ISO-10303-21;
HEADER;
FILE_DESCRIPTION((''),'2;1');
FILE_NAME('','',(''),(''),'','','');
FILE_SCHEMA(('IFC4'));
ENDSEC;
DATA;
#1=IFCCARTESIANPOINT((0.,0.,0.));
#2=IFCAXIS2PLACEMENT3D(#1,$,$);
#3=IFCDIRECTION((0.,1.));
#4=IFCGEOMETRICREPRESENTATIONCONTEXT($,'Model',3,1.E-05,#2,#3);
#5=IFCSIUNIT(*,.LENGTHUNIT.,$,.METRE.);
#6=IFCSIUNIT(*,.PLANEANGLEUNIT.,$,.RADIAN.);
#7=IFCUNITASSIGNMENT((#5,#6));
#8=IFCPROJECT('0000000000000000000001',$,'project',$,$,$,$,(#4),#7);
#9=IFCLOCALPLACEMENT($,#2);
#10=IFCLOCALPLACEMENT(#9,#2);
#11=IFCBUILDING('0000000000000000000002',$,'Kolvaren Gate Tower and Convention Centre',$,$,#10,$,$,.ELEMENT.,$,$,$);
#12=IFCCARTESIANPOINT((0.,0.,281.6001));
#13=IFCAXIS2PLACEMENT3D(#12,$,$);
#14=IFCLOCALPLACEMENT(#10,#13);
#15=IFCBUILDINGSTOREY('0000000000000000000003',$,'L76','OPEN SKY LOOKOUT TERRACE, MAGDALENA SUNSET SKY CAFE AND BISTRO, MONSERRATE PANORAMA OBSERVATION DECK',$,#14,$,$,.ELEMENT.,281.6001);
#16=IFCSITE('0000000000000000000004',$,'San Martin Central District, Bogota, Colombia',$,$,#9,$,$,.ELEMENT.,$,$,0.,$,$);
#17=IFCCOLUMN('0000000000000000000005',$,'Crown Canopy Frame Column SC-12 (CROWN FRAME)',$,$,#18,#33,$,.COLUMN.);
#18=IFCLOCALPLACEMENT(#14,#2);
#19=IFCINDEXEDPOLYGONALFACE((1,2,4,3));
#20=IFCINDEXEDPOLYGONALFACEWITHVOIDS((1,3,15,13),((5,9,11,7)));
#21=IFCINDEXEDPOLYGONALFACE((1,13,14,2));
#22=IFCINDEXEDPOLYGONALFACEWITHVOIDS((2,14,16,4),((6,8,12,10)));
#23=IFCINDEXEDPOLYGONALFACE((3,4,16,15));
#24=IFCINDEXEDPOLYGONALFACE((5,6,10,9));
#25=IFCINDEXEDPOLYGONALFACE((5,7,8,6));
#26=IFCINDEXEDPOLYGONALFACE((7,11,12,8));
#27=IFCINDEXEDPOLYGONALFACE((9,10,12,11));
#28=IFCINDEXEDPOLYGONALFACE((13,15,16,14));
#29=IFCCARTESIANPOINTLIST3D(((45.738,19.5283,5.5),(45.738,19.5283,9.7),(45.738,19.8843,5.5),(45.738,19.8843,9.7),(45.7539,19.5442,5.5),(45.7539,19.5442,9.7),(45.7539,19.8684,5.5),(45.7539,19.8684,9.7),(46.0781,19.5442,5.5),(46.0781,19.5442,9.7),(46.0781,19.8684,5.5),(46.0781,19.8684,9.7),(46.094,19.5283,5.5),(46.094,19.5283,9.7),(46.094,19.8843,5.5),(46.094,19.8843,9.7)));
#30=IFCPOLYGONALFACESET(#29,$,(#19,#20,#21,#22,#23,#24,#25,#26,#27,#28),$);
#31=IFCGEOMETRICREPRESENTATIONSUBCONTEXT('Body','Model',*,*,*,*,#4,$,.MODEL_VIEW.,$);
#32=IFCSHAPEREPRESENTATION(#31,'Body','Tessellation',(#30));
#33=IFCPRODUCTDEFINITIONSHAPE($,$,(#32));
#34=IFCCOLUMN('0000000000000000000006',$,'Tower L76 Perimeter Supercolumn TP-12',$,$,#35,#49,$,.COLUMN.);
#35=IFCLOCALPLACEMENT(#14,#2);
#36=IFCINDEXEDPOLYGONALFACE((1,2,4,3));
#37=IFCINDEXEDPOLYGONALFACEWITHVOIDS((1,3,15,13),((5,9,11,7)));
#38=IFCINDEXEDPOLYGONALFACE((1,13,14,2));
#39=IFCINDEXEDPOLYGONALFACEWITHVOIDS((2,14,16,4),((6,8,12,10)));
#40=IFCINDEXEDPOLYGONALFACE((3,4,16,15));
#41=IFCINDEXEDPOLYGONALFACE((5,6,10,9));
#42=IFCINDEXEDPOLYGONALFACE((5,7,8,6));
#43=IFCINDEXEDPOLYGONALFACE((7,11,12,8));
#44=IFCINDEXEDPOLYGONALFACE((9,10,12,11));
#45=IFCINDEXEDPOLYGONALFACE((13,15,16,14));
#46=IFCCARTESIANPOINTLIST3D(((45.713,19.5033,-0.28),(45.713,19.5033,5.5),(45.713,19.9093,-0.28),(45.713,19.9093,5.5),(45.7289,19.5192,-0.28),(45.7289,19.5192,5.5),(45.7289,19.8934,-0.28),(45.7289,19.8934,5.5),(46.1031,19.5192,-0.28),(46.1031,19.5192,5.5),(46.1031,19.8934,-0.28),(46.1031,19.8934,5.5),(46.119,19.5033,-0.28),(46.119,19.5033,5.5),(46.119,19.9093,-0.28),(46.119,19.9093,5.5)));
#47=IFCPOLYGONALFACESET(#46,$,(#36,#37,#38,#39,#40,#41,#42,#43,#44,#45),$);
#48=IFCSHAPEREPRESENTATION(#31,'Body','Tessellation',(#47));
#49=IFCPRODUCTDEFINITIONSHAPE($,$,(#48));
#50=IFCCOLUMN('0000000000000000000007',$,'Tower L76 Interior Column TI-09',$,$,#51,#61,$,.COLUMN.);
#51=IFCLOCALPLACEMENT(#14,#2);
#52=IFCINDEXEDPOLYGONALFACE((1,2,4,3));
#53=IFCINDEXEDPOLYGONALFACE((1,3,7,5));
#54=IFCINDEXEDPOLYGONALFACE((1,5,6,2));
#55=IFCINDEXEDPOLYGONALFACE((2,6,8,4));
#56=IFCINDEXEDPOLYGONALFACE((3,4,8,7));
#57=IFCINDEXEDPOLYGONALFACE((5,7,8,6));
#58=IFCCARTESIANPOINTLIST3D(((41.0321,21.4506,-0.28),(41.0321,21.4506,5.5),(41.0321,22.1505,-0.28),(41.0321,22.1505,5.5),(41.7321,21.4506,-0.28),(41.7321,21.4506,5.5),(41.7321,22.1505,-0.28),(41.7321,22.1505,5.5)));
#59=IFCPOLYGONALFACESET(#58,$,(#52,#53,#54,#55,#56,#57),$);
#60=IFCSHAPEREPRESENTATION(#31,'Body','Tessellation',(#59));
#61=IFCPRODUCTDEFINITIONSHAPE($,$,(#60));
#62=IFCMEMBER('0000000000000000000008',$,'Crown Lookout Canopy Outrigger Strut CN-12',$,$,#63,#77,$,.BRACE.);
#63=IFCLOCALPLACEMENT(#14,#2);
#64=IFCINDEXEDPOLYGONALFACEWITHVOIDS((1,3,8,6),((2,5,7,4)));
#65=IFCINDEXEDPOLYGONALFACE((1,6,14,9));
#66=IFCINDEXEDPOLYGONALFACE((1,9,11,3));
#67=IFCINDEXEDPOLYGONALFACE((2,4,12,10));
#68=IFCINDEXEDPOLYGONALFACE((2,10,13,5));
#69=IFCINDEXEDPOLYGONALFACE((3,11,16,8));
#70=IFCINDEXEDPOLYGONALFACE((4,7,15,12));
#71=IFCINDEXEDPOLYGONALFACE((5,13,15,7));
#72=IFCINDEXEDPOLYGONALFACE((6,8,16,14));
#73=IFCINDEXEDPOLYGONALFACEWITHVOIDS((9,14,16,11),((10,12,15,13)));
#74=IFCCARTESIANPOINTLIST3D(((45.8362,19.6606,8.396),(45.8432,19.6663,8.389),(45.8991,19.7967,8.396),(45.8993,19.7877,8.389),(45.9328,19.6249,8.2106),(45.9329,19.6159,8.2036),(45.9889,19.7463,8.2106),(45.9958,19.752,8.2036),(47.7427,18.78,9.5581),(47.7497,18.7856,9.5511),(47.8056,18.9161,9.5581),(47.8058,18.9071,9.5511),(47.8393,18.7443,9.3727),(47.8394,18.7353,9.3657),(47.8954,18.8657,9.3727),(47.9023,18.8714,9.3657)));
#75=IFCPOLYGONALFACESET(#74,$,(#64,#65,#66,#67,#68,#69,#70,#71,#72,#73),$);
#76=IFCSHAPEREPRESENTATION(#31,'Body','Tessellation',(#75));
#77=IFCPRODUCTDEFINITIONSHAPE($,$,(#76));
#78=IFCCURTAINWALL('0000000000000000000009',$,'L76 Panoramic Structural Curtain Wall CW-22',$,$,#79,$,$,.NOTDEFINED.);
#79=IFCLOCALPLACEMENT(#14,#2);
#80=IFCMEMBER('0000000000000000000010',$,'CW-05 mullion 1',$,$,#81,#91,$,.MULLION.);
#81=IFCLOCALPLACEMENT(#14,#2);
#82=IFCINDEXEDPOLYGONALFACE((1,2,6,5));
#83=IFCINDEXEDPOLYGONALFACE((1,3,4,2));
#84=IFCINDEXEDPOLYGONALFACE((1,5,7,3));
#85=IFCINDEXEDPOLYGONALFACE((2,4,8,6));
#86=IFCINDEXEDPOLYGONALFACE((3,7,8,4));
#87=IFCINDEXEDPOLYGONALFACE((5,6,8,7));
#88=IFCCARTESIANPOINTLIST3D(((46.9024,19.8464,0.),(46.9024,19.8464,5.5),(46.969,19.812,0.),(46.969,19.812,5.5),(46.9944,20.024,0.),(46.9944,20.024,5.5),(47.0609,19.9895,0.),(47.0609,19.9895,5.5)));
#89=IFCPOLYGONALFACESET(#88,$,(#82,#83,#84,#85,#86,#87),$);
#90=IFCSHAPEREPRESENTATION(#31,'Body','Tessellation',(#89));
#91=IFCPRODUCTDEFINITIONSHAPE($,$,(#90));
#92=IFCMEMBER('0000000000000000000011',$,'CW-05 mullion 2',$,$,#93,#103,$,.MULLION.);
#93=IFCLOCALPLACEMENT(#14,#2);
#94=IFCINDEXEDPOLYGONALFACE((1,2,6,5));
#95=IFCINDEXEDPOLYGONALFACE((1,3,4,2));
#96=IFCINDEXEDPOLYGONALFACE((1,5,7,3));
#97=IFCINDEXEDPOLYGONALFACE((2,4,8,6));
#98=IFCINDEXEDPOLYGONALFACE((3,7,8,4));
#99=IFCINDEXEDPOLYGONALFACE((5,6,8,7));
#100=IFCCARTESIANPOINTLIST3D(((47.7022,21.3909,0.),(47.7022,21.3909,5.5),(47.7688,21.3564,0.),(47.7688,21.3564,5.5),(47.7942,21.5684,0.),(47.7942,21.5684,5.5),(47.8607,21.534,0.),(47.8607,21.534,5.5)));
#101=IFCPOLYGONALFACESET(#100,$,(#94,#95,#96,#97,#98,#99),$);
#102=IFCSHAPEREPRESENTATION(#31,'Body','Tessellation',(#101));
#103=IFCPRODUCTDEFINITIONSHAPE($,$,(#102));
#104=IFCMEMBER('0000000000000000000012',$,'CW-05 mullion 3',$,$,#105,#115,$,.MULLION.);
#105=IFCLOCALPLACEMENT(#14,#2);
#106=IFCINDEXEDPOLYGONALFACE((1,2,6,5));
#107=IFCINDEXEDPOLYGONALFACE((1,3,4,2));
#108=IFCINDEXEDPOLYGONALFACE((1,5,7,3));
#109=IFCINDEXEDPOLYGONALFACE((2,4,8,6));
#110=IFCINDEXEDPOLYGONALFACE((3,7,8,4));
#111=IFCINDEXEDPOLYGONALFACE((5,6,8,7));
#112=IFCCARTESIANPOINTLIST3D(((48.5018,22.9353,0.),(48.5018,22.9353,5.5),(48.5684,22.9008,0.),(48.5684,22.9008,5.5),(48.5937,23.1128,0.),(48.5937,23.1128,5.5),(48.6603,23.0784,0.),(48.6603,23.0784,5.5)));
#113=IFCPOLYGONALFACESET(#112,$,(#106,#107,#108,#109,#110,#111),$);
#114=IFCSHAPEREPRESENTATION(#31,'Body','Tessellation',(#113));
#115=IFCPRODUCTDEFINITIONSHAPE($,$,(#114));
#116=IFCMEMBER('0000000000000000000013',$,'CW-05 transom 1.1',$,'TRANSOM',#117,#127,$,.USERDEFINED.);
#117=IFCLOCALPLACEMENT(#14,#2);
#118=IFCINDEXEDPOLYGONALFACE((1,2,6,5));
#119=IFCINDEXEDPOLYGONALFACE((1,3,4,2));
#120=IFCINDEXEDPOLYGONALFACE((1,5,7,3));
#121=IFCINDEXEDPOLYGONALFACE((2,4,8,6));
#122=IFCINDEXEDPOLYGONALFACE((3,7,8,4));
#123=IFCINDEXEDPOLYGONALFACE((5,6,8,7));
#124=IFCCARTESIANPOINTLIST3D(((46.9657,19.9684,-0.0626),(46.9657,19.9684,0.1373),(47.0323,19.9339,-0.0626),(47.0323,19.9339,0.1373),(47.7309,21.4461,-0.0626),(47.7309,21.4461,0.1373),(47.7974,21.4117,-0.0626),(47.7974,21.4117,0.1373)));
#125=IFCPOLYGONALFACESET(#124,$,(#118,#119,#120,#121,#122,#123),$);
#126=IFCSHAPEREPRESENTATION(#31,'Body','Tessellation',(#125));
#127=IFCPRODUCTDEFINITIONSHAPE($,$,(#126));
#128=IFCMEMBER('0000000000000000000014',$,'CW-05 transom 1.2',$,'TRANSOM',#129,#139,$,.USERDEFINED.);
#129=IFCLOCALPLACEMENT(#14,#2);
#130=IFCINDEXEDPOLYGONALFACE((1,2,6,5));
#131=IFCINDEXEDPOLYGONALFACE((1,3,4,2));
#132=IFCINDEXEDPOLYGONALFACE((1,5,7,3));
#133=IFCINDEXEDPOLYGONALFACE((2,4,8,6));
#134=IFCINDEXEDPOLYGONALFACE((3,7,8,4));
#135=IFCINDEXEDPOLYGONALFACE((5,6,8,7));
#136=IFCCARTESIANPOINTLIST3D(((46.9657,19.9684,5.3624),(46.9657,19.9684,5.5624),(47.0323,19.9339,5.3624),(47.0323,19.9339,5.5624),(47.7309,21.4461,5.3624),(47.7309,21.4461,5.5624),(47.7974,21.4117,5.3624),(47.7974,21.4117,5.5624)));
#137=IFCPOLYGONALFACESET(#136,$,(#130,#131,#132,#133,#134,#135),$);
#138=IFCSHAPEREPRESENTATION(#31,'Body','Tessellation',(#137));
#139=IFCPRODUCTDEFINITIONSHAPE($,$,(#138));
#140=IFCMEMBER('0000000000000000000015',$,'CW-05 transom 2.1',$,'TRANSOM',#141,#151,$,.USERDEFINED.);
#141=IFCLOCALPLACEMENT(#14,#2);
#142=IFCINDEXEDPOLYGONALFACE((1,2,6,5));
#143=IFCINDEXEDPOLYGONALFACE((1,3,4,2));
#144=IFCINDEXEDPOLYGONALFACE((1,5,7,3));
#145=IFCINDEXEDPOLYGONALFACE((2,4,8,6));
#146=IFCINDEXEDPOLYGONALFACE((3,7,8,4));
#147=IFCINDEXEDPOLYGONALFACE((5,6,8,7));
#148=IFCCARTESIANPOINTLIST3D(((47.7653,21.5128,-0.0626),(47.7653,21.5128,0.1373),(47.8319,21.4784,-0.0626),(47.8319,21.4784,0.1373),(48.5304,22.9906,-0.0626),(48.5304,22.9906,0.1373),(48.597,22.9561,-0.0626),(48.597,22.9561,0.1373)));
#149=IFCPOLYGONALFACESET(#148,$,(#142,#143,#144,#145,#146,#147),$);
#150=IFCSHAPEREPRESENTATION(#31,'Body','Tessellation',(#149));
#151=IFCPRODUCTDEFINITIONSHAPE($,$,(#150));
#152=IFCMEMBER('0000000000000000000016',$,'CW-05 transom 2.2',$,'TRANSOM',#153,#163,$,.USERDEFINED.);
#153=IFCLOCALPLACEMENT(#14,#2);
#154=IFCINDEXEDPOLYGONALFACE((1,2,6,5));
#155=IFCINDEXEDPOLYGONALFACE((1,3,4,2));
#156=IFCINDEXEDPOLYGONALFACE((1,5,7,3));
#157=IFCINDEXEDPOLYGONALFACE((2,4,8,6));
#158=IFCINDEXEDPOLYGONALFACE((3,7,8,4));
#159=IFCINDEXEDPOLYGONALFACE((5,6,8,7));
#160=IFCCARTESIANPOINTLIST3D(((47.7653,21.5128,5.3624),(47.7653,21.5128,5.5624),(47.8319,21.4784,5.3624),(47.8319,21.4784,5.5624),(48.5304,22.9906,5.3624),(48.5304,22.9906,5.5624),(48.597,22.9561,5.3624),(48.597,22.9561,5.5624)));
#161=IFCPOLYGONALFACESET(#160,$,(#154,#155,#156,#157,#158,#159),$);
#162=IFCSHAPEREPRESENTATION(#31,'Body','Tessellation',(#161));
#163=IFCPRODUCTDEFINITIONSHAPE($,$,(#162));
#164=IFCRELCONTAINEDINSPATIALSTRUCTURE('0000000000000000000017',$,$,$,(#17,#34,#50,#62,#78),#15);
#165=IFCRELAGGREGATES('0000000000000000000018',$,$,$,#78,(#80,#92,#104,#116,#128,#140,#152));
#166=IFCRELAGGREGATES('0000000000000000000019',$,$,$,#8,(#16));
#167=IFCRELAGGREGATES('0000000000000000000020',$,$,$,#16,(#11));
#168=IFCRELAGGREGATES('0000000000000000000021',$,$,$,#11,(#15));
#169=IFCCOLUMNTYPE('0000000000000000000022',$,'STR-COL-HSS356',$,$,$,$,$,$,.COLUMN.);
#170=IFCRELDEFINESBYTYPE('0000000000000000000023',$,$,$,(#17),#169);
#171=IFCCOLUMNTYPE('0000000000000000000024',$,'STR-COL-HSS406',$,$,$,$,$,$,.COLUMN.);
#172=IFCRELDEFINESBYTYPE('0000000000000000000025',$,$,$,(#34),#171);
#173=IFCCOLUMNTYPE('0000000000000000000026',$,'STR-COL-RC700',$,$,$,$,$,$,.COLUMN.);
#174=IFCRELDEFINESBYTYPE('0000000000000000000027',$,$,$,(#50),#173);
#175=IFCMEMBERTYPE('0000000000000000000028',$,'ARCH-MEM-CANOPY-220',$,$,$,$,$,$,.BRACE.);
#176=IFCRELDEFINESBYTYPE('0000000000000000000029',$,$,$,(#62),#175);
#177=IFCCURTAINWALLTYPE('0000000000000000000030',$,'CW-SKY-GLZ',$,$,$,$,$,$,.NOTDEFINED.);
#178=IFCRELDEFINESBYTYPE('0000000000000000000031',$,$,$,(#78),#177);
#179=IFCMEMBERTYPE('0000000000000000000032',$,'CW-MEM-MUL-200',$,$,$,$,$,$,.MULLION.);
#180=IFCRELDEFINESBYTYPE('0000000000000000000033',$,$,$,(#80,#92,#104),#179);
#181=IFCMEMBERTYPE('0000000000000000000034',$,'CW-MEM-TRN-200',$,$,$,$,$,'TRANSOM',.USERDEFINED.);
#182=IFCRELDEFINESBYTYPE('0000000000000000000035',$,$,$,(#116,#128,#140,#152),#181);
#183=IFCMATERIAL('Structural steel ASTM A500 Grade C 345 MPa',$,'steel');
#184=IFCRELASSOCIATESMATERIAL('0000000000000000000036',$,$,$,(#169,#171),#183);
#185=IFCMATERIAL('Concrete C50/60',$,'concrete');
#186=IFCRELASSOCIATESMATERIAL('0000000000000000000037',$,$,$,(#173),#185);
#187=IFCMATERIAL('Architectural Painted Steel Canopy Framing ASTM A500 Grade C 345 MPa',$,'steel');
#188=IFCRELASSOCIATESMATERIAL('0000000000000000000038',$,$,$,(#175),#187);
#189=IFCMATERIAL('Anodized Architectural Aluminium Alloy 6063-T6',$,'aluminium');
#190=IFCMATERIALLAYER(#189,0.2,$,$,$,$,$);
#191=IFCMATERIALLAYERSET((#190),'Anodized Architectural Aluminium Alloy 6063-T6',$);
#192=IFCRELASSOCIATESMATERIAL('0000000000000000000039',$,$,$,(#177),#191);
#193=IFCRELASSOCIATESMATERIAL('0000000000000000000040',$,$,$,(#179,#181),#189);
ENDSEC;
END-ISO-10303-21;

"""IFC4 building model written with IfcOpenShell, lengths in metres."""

from ifc_helpers import new_model, si_unit, direction, frame, origin, origin_2d, place, context, subcontext, project, spatial, rectangle, hollow_rectangle, extrude, material, layer, layer_set, material_profile, profile_set, type_object, element, aggregate, save


model = new_model("IFC4")

# Units and contexts
model_context = context("Model", 3, precision=1e-05, world=origin(), true_north=direction((0.0, 1.0)))
body_context = subcontext(model_context, "Body", "Model", "MODEL_VIEW")
ifc_project = project(units=[si_unit("LENGTHUNIT", "METRE"), si_unit("PLANEANGLEUNIT", "RADIAN")], contexts=[model_context])

# Site, building, storey
site_placement = place(None, origin())
site = spatial("IfcSite", under=ifc_project, at=site_placement, Name="San Martin Central District, Bogota, Colombia", CompositionType="ELEMENT", RefElevation=0.0)
building_placement = place(site_placement, origin())
building = spatial("IfcBuilding", under=site, at=building_placement, Name="Kolvaren Gate Tower and Convention Centre", CompositionType="ELEMENT")
storey_placement = place(building_placement, frame((0.0, 0.0, 281.6001)))
storey = spatial("IfcBuildingStorey", under=building, at=storey_placement, Name="L76", Description="OPEN SKY LOOKOUT TERRACE, MAGDALENA SUNSET SKY CAFE AND BISTRO, MONSERRATE PANORAMA OBSERVATION DECK", CompositionType="ELEMENT", Elevation=281.6001)

# Columns
ifc_material_1 = material(Name="Structural steel ASTM A500 Grade C 345 MPa", Category="steel")
ifc_material_profile_1 = material_profile(ifc_material_1, hollow_rectangle(XDim=0.356, YDim=0.356, WallThickness=0.0159, at=origin_2d()), Name="HSS356X356X15.9")
ifc_profile_set_1 = profile_set([ifc_material_profile_1], Name="Structural steel ASTM A500 Grade C 345 MPa")
column_type_1 = type_object("IfcColumnType", Name="STR-COL-HSS356", PredefinedType="COLUMN", material=ifc_profile_set_1)
column_1_placement = place(storey_placement, frame((45.916, 19.7063, 5.5), z_axis=(0.0, 0.0, 1.0), x_axis=(1.0, 0.0, 0.0)))
element("IfcColumn", 1, at=column_1_placement, inside=storey, type_object=column_type_1, Name="Crown Canopy Frame Column SC-12 (CROWN FRAME)", PredefinedType="COLUMN", context=body_context, shape_type="SweptSolid", body=[
    extrude(hollow_rectangle(XDim=0.356, YDim=0.356, WallThickness=0.0159, at=origin_2d()), origin(), (0.0, 0.0, 1.0), 4.2),
])
ifc_material_profile_2 = material_profile(ifc_material_1, hollow_rectangle(XDim=0.406, YDim=0.406, WallThickness=0.0159, at=origin_2d()), Name="HSS406X406X15.9")
ifc_profile_set_2 = profile_set([ifc_material_profile_2], Name="Structural steel ASTM A500 Grade C 345 MPa")
column_type_2 = type_object("IfcColumnType", Name="STR-COL-HSS406", PredefinedType="COLUMN", material=ifc_profile_set_2)
column_2_placement = place(storey_placement, frame((45.916, 19.7063, -0.28), z_axis=(0.0, 0.0, 1.0), x_axis=(1.0, 0.0, 0.0)))
element("IfcColumn", 2, at=column_2_placement, inside=storey, type_object=column_type_2, Name="Tower L76 Perimeter Supercolumn TP-12", PredefinedType="COLUMN", context=body_context, shape_type="SweptSolid", body=[
    extrude(hollow_rectangle(XDim=0.406, YDim=0.406, WallThickness=0.0159, at=origin_2d()), origin(), (0.0, 0.0, 1.0), 5.78),
])
ifc_material_2 = material(Name="Concrete C50/60", Category="concrete")
ifc_material_profile_3 = material_profile(ifc_material_2, rectangle(XDim=0.7, YDim=0.7, at=origin_2d()), Name="RC-COL-700X700")
ifc_profile_set_3 = profile_set([ifc_material_profile_3], Name="Concrete C50/60")
column_type_3 = type_object("IfcColumnType", Name="STR-COL-RC700", PredefinedType="COLUMN", material=ifc_profile_set_3)
column_3_placement = place(storey_placement, frame((41.3821, 21.8005, -0.28), z_axis=(0.0, 0.0, 1.0), x_axis=(1.0, 0.0, 0.0)))
element("IfcColumn", 3, at=column_3_placement, inside=storey, type_object=column_type_3, Name="Tower L76 Interior Column TI-09", PredefinedType="COLUMN", context=body_context, shape_type="SweptSolid", body=[
    extrude(rectangle(XDim=0.7, YDim=0.7, at=origin_2d()), origin(), (0.0, 0.0, 1.0), 5.78),
])

# Member
ifc_material_3 = material(Name="Architectural Painted Steel Canopy Framing ASTM A500 Grade C 345 MPa", Category="steel")
ifc_material_profile_4 = material_profile(ifc_material_3, hollow_rectangle(XDim=0.1499, YDim=0.22, WallThickness=0.0081, at=origin_2d()), Name="ARCH-MEM-CANOPY-220")
ifc_profile_set_4 = profile_set([ifc_material_profile_4], Name="Architectural Painted Steel Canopy Framing ASTM A500 Grade C 345 MPa")
member_type_1 = type_object("IfcMemberType", Name="ARCH-MEM-CANOPY-220", PredefinedType="BRACE", material=ifc_profile_set_4)
member_1_placement = place(storey_placement, frame((45.916, 19.7063, 8.2998), z_axis=(0.794324, -0.366901, 0.484183), x_axis=(0.419331, 0.907833, 0.0)))
element("IfcMember", 4, at=member_1_placement, inside=storey, type_object=member_type_1, Name="Crown Lookout Canopy Outrigger Strut CN-12", PredefinedType="BRACE", context=body_context, shape_type="SweptSolid", body=[
    extrude(hollow_rectangle(XDim=0.1499, YDim=0.22, WallThickness=0.0081, at=origin_2d()), origin(), (0.0, 0.0, 1.0), 2.4001),
])

# Curtain wall, members
ifc_material_4 = material(Name="Anodized Architectural Aluminium Alloy 6063-T6", Category="aluminium")
ifc_layer_1 = layer(ifc_material_4, 0.2)
ifc_layer_set_1 = layer_set([ifc_layer_1], Name="Anodized Architectural Aluminium Alloy 6063-T6")
curtain_wall_type = type_object("IfcCurtainWallType", Name="CW-SKY-GLZ", PredefinedType="NOTDEFINED", material=ifc_layer_set_1)
curtain_wall_placement = place(storey_placement, origin())
curtain_wall = element("IfcCurtainWall", 5, at=curtain_wall_placement, inside=storey, type_object=curtain_wall_type, Name="L76 Panoramic Structural Curtain Wall CW-22", PredefinedType="NOTDEFINED")
ifc_material_profile_5 = material_profile(ifc_material_4, rectangle(XDim=0.075, YDim=0.2, at=origin_2d()), Name="CW-MEM-MUL-200")
ifc_profile_set_5 = profile_set([ifc_material_profile_5], Name="Anodized Architectural Aluminium Alloy 6063-T6")
member_type_2 = type_object("IfcMemberType", Name="CW-MEM-MUL-200", PredefinedType="MULLION", material=ifc_profile_set_5)
member_2_placement = place(storey_placement, frame((46.9817, 19.918, 0.0), z_axis=(0.0, 0.0, 1.0), x_axis=(-0.888029, 0.459788, 0.0)))
member_2 = element("IfcMember", 6, at=member_2_placement, type_object=member_type_2, Name="CW-05 mullion 1", PredefinedType="MULLION", context=body_context, shape_type="SweptSolid", body=[
    extrude(rectangle(XDim=0.075, YDim=0.2, at=origin_2d()), origin(), (0.0, 0.0, 1.0), 5.5),
])
member_3_placement = place(storey_placement, frame((47.7815, 21.4624, 0.0), z_axis=(0.0, 0.0, 1.0), x_axis=(-0.888029, 0.459788, 0.0)))
member_3 = element("IfcMember", 7, at=member_3_placement, type_object=member_type_2, Name="CW-05 mullion 2", PredefinedType="MULLION", context=body_context, shape_type="SweptSolid", body=[
    extrude(rectangle(XDim=0.075, YDim=0.2, at=origin_2d()), origin(), (0.0, 0.0, 1.0), 5.5),
])
member_4_placement = place(storey_placement, frame((48.5811, 23.0068, 0.0), z_axis=(0.0, 0.0, 1.0), x_axis=(-0.888029, 0.459788, 0.0)))
member_4 = element("IfcMember", 8, at=member_4_placement, type_object=member_type_2, Name="CW-05 mullion 3", PredefinedType="MULLION", context=body_context, shape_type="SweptSolid", body=[
    extrude(rectangle(XDim=0.075, YDim=0.2, at=origin_2d()), origin(), (0.0, 0.0, 1.0), 5.5),
])
ifc_material_profile_6 = material_profile(ifc_material_4, rectangle(XDim=0.075, YDim=0.2, at=origin_2d()), Name="CW-MEM-TRN-200")
ifc_profile_set_6 = profile_set([ifc_material_profile_6], Name="Anodized Architectural Aluminium Alloy 6063-T6")
member_type_3 = type_object("IfcMemberType", Name="CW-MEM-TRN-200", ElementType="TRANSOM", PredefinedType="USERDEFINED", material=ifc_profile_set_6)
member_5_placement = place(storey_placement, frame((46.999, 19.9512, 0.0374), z_axis=(0.459786, 0.88803, 0.0), x_axis=(-0.88803, 0.459786, 0.0)))
member_5 = element("IfcMember", 9, at=member_5_placement, type_object=member_type_3, Name="CW-05 transom 1.1", ObjectType="TRANSOM", PredefinedType="USERDEFINED", context=body_context, shape_type="SweptSolid", body=[
    extrude(rectangle(XDim=0.075, YDim=0.2, at=origin_2d()), origin(), (0.0, 0.0, 1.0), 1.6641),
])
member_6_placement = place(storey_placement, frame((46.999, 19.9512, 5.4624), z_axis=(0.459786, 0.88803, 0.0), x_axis=(-0.88803, 0.459786, 0.0)))
member_6 = element("IfcMember", 10, at=member_6_placement, type_object=member_type_3, Name="CW-05 transom 1.2", ObjectType="TRANSOM", PredefinedType="USERDEFINED", context=body_context, shape_type="SweptSolid", body=[
    extrude(rectangle(XDim=0.075, YDim=0.2, at=origin_2d()), origin(), (0.0, 0.0, 1.0), 1.6641),
])
member_7_placement = place(storey_placement, frame((47.7986, 21.4956, 0.0374), z_axis=(0.459786, 0.88803, 0.0), x_axis=(-0.88803, 0.459786, 0.0)))
member_7 = element("IfcMember", 11, at=member_7_placement, type_object=member_type_3, Name="CW-05 transom 2.1", ObjectType="TRANSOM", PredefinedType="USERDEFINED", context=body_context, shape_type="SweptSolid", body=[
    extrude(rectangle(XDim=0.075, YDim=0.2, at=origin_2d()), origin(), (0.0, 0.0, 1.0), 1.6641),
])
member_8_placement = place(storey_placement, frame((47.7986, 21.4956, 5.4624), z_axis=(0.459786, 0.88803, 0.0), x_axis=(-0.88803, 0.459786, 0.0)))
member_8 = element("IfcMember", 12, at=member_8_placement, type_object=member_type_3, Name="CW-05 transom 2.2", ObjectType="TRANSOM", PredefinedType="USERDEFINED", context=body_context, shape_type="SweptSolid", body=[
    extrude(rectangle(XDim=0.075, YDim=0.2, at=origin_2d()), origin(), (0.0, 0.0, 1.0), 1.6641),
])

aggregate(curtain_wall, [member_2, member_3, member_4, member_5, member_6, member_7, member_8])

save(model, "model.ifc")
